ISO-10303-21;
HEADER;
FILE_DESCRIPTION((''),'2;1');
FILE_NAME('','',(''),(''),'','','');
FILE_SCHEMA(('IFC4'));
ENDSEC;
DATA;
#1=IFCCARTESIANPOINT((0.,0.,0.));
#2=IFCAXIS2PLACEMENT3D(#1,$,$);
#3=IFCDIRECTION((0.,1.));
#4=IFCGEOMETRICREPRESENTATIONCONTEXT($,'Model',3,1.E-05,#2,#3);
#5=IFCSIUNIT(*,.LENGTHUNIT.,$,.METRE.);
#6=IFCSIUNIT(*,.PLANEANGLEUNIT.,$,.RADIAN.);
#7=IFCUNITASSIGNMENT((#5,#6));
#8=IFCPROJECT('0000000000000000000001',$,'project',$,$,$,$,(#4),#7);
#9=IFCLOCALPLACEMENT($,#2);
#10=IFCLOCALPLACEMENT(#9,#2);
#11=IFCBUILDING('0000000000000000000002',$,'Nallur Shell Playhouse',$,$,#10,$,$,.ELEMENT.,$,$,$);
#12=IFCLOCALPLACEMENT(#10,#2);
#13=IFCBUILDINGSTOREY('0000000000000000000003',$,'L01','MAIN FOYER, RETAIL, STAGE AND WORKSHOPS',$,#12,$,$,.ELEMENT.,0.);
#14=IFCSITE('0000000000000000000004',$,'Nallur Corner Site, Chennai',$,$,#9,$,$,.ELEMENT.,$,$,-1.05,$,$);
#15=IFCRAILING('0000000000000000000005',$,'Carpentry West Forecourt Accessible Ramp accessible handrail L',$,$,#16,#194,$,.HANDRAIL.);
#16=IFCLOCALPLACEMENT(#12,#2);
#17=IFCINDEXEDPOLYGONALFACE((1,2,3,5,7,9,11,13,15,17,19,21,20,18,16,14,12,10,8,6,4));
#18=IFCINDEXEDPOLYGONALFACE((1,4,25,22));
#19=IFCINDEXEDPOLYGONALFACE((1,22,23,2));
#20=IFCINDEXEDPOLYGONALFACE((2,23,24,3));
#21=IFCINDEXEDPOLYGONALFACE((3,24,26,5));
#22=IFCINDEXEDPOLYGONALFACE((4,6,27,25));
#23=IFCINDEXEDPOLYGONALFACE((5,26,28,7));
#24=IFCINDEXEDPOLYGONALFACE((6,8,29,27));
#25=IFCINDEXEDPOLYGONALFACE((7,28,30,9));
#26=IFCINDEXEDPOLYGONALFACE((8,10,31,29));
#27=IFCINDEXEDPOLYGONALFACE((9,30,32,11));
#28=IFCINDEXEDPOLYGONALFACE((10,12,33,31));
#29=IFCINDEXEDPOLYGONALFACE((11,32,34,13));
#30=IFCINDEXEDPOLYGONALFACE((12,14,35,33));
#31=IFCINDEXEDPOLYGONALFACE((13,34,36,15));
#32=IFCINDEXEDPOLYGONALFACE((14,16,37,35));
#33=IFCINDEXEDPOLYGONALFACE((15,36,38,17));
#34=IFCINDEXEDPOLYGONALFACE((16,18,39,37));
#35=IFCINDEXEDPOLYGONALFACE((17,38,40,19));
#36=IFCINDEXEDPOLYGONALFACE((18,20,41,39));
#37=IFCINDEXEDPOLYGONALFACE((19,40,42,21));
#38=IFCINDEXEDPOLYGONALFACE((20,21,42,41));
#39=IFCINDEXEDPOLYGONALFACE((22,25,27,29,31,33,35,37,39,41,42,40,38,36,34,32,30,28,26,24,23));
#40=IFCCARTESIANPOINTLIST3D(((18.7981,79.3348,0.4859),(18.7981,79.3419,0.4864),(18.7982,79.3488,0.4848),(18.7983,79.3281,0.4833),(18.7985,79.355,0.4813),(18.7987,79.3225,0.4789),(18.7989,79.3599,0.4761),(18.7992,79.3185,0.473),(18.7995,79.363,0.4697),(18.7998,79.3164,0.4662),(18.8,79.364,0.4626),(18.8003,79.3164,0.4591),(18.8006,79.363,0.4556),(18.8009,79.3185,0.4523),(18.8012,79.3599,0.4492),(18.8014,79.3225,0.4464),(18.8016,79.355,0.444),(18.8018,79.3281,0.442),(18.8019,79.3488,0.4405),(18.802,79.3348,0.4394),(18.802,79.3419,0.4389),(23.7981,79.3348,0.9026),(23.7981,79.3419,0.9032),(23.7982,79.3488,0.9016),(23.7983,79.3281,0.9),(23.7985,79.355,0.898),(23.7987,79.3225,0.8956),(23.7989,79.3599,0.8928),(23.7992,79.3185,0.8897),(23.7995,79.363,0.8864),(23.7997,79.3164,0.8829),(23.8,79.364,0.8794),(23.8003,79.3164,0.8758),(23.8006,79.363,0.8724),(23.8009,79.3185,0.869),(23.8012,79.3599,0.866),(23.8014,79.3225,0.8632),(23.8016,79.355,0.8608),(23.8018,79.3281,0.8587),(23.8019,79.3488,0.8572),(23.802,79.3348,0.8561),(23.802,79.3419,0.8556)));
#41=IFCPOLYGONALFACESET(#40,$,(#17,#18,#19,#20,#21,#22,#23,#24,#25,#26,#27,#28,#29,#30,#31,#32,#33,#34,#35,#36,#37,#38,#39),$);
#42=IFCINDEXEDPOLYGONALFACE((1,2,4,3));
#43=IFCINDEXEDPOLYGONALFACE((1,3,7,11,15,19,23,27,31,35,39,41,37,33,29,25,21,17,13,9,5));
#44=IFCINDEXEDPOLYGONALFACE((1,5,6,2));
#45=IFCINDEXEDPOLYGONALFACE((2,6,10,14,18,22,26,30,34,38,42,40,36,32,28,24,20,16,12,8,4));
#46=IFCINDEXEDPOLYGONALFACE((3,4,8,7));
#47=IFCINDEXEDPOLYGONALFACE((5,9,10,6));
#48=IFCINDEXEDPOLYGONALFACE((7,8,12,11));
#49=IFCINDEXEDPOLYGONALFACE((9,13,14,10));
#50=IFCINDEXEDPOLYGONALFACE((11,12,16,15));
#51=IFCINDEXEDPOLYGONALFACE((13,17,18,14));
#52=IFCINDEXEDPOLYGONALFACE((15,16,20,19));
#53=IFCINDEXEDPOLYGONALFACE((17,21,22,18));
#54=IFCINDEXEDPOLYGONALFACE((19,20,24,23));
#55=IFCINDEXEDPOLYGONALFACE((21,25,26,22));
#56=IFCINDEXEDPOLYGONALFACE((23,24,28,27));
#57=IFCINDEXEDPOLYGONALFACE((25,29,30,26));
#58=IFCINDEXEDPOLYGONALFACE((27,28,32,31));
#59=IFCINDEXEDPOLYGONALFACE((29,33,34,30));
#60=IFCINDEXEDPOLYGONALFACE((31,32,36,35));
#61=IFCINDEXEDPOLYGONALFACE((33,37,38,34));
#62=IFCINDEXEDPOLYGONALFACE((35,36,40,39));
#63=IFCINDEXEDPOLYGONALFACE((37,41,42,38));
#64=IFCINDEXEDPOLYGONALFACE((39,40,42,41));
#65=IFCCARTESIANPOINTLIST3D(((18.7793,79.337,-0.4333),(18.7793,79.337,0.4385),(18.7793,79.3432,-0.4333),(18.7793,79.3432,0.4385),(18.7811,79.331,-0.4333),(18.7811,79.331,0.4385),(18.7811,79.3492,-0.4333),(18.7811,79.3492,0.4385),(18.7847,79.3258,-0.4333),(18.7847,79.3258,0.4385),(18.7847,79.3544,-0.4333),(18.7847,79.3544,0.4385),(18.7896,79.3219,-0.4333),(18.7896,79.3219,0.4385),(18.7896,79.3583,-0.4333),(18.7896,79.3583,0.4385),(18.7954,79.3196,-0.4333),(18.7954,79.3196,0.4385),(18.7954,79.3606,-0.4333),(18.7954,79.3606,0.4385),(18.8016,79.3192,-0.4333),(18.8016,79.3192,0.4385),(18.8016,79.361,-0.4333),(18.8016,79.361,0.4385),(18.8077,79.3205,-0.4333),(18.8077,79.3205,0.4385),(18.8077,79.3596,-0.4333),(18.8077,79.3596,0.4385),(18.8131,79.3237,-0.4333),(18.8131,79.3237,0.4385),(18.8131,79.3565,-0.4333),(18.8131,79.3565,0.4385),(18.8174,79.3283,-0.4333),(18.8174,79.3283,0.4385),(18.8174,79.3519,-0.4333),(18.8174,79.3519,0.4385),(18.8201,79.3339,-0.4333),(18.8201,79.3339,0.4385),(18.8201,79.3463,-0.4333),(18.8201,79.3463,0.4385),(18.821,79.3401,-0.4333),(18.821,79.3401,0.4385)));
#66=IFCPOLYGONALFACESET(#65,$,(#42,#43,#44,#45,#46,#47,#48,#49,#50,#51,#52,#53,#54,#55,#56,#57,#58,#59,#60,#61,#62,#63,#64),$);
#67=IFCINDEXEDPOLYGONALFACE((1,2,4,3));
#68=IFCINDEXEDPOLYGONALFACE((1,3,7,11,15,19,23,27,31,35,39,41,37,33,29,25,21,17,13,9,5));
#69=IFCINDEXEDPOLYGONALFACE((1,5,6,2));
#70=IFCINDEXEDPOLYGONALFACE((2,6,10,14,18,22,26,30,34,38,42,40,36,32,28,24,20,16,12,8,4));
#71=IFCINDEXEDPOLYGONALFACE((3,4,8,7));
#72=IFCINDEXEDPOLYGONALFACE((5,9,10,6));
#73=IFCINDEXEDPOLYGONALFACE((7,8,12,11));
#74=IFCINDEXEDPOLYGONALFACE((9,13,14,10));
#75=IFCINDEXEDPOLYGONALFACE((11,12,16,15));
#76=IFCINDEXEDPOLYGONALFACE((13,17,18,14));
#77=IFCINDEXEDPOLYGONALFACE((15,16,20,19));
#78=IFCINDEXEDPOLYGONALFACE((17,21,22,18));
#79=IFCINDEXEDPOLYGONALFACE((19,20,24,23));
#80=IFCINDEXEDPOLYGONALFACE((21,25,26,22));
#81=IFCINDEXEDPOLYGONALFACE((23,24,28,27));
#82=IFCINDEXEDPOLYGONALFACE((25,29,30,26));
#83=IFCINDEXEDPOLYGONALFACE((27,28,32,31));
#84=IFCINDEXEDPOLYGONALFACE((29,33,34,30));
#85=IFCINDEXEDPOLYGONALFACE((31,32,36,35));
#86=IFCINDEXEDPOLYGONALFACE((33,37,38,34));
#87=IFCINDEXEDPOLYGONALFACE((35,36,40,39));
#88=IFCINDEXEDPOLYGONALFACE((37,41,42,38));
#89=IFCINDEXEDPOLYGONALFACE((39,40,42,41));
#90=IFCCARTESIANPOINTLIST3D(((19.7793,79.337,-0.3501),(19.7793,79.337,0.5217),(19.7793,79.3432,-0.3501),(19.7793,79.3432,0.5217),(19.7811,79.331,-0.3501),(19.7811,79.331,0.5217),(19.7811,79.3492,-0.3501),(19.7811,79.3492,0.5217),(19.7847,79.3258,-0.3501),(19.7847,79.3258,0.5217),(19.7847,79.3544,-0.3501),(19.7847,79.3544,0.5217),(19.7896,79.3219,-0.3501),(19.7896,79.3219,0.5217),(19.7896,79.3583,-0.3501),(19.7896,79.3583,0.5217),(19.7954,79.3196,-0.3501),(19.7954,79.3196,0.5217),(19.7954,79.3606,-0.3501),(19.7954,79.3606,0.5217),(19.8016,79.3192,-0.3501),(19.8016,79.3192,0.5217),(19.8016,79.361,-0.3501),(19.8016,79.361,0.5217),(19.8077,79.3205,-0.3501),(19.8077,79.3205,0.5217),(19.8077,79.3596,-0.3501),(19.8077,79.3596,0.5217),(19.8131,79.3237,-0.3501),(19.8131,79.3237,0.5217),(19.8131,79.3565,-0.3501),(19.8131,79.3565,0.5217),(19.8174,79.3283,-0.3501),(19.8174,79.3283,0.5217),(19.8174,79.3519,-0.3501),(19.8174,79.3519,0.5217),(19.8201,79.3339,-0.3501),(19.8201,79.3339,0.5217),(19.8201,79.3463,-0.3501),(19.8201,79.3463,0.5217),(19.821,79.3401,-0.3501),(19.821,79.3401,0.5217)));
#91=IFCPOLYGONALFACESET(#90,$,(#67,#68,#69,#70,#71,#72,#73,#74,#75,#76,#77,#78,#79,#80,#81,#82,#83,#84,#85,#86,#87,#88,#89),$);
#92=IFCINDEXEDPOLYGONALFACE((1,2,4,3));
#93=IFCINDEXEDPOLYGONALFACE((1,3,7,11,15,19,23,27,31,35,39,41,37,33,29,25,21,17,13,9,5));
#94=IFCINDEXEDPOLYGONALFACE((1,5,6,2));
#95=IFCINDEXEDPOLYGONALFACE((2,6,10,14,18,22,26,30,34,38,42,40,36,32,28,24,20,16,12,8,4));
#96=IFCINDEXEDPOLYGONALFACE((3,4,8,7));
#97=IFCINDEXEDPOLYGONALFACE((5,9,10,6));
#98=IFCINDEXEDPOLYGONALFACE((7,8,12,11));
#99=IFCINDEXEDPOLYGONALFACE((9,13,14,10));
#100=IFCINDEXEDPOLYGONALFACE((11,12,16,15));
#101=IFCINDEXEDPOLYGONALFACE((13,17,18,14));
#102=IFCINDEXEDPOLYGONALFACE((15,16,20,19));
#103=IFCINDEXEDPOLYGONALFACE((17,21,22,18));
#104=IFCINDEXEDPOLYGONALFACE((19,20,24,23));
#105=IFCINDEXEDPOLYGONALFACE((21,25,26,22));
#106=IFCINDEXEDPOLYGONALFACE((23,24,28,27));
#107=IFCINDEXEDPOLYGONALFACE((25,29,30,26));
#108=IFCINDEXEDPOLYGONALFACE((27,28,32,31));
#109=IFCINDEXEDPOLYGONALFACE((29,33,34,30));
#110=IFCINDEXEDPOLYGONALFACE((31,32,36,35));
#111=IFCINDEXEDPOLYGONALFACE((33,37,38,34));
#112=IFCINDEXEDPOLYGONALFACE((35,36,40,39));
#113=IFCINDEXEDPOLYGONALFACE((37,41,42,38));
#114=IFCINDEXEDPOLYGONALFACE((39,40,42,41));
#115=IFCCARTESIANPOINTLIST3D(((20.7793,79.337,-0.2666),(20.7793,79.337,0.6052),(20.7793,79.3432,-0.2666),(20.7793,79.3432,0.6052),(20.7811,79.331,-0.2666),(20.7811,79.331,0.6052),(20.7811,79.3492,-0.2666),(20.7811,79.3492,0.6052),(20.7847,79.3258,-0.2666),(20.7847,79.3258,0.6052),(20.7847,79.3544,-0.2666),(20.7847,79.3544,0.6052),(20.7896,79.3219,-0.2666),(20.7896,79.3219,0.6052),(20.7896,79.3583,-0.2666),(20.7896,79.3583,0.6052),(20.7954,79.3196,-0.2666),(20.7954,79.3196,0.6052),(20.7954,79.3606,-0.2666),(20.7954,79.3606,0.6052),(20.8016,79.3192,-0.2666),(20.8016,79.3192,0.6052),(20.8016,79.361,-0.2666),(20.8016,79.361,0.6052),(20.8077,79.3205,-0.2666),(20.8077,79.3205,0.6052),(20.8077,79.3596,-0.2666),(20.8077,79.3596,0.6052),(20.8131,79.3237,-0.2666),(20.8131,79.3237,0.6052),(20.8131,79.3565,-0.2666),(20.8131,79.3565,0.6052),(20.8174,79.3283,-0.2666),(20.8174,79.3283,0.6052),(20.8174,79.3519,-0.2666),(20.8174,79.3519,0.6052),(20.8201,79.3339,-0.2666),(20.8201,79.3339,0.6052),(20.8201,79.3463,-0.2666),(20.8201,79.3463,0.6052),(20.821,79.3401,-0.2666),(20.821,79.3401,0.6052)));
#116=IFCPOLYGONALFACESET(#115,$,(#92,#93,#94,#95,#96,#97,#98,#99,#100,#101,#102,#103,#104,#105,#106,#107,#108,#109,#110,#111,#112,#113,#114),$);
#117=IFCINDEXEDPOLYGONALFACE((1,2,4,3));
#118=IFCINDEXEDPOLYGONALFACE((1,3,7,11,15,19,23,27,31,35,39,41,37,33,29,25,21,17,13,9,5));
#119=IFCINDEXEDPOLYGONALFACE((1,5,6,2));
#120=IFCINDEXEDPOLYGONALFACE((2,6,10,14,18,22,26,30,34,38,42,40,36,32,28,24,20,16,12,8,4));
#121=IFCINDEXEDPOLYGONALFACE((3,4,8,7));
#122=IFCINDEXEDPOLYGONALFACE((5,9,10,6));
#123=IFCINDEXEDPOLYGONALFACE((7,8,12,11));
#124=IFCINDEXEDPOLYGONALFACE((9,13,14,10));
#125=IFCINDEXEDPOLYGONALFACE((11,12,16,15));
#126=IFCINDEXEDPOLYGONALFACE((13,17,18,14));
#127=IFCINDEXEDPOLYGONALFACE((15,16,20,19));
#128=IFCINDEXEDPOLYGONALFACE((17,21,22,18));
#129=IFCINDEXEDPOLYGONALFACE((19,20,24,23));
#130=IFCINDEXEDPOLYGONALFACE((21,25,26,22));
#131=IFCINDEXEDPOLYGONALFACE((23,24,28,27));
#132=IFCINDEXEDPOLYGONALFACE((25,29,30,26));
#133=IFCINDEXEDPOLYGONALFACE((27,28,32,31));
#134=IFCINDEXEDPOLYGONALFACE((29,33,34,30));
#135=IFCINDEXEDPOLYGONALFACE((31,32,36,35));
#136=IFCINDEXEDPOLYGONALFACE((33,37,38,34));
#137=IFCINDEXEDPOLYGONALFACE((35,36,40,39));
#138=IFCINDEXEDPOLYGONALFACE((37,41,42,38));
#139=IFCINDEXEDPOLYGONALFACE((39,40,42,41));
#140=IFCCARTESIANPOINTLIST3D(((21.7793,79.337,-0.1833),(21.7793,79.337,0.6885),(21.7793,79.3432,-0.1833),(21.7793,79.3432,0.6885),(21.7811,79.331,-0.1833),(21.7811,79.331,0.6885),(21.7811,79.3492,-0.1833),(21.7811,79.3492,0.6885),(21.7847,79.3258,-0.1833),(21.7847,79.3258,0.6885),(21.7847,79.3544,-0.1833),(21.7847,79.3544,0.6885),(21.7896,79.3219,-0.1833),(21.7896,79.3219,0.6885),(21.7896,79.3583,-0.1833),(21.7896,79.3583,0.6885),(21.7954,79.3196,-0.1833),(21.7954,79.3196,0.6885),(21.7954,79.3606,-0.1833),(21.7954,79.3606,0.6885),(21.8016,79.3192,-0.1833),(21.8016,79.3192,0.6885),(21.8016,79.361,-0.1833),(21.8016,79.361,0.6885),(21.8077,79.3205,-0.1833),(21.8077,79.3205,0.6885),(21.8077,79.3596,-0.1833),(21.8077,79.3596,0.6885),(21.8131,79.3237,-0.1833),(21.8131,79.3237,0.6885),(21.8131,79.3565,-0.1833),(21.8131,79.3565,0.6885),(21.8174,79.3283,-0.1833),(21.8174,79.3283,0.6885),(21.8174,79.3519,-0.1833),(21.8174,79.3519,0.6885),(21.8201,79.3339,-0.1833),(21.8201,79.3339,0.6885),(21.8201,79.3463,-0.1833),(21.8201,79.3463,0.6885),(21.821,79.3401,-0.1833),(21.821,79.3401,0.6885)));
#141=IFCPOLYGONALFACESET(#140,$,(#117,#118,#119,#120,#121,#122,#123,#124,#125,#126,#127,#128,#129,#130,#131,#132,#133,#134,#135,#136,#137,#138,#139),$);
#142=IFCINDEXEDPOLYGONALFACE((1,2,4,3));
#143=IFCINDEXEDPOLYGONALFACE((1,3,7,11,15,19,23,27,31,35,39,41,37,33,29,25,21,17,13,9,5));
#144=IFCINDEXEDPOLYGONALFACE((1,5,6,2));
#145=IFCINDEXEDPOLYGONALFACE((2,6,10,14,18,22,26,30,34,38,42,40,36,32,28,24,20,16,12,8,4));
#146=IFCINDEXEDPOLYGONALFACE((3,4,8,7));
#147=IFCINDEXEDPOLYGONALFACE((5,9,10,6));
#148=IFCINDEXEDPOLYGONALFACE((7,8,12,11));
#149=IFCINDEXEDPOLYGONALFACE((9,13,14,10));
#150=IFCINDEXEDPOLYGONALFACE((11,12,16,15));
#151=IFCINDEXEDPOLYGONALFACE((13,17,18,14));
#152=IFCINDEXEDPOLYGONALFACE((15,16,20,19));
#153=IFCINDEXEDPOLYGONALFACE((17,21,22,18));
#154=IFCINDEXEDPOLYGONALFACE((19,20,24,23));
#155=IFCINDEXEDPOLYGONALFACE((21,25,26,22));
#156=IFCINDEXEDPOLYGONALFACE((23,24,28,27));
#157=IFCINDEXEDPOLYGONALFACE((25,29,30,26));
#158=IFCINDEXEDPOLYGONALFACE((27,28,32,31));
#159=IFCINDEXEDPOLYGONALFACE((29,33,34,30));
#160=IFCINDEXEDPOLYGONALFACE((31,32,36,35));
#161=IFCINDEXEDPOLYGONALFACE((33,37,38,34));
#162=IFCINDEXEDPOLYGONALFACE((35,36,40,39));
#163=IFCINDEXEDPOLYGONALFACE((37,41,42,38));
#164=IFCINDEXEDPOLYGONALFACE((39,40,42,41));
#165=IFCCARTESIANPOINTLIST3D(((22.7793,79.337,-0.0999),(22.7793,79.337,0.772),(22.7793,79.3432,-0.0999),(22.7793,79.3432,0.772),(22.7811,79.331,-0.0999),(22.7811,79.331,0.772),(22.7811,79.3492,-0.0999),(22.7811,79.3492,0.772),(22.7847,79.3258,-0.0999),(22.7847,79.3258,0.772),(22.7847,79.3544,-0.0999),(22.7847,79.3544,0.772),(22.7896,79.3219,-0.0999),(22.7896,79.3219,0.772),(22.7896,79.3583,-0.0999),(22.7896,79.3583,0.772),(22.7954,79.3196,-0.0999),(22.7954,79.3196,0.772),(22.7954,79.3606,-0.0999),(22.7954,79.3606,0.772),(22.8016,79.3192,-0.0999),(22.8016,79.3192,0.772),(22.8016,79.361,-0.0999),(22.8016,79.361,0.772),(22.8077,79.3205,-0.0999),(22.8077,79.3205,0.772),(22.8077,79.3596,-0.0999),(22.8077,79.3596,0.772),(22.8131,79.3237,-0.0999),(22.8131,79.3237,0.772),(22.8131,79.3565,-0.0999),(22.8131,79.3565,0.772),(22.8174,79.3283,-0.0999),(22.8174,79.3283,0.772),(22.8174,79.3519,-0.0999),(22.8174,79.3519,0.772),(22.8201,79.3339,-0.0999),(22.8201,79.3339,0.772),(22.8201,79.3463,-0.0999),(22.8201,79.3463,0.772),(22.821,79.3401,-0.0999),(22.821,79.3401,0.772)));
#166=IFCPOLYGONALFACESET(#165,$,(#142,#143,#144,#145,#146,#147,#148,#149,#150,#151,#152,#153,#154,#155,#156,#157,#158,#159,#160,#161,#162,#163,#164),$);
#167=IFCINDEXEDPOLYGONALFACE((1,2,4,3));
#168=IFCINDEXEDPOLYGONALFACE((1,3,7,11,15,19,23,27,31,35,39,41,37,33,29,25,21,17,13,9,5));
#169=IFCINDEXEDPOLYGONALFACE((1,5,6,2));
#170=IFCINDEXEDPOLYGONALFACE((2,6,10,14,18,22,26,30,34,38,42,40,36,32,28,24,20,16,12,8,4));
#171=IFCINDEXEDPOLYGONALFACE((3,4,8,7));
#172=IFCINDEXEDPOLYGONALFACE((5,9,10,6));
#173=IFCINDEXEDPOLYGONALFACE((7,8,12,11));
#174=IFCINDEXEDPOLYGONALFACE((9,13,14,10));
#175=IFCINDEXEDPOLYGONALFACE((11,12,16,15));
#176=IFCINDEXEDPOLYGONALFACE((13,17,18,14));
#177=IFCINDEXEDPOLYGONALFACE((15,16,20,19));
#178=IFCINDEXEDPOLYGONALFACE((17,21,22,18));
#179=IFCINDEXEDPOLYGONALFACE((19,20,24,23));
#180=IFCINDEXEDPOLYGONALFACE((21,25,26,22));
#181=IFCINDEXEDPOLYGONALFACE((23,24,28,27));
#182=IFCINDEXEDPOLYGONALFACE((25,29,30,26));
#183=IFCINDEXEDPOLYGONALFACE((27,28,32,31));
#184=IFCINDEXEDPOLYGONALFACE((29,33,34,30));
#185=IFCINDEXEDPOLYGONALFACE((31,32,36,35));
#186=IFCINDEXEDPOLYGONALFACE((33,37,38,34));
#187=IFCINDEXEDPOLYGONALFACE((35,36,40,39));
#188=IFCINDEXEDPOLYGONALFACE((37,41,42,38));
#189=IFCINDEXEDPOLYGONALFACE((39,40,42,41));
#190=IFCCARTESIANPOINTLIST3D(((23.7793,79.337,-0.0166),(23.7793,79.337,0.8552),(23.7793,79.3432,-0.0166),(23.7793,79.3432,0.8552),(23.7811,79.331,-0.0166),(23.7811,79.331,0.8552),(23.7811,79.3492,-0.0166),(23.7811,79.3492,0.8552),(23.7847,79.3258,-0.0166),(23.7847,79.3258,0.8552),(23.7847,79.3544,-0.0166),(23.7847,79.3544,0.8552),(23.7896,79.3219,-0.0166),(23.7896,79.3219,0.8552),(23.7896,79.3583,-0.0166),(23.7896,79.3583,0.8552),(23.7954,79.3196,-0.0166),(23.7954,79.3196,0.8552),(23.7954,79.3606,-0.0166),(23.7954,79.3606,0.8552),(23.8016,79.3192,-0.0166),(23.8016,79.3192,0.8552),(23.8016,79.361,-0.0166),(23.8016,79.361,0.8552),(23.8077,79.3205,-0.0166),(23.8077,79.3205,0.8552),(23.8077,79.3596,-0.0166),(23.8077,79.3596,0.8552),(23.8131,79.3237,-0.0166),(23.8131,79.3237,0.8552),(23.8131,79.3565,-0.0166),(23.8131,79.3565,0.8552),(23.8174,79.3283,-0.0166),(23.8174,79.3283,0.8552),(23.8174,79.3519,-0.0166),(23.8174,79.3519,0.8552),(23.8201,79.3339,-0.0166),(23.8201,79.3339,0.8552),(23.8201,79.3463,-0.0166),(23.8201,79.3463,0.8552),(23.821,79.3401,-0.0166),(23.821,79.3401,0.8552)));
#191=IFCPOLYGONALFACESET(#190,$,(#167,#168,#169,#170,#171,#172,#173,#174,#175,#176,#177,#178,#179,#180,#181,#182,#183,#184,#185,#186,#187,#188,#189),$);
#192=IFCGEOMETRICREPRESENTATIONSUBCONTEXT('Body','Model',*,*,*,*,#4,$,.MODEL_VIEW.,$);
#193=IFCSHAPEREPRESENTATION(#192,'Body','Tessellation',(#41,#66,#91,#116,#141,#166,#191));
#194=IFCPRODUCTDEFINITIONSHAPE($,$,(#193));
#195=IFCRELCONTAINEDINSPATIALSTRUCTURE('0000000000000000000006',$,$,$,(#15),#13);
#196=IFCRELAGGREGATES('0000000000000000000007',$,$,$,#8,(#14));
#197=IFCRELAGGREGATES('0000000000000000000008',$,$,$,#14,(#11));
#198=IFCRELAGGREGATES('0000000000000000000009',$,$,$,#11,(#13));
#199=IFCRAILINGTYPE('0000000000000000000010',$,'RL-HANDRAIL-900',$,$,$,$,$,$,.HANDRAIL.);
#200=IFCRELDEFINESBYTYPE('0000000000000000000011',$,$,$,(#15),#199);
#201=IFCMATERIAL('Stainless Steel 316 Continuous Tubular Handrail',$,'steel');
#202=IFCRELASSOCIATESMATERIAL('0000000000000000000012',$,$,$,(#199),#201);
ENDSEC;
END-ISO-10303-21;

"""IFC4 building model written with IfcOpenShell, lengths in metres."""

from ifc_helpers import new_model, si_unit, direction, frame, origin, origin_2d, place, context, subcontext, project, spatial, circle, extrude, material, type_object, element, save


model = new_model("IFC4")

# Units and contexts
model_context = context("Model", 3, precision=1e-05, world=origin(), true_north=direction((0.0, 1.0)))
body_context = subcontext(model_context, "Body", "Model", "MODEL_VIEW")
ifc_project = project(units=[si_unit("LENGTHUNIT", "METRE"), si_unit("PLANEANGLEUNIT", "RADIAN")], contexts=[model_context])

# Site, building, storey
site_placement = place(None, origin())
site = spatial("IfcSite", under=ifc_project, at=site_placement, Name="Nallur Corner Site, Chennai", CompositionType="ELEMENT", RefElevation=-1.05)
building_placement = place(site_placement, origin())
building = spatial("IfcBuilding", under=site, at=building_placement, Name="Nallur Shell Playhouse", CompositionType="ELEMENT")
storey_placement = place(building_placement, origin())
storey = spatial("IfcBuildingStorey", under=building, at=storey_placement, Name="L01", Description="MAIN FOYER, RETAIL, STAGE AND WORKSHOPS", CompositionType="ELEMENT", Elevation=0.0)

# Railing
ifc_material_1 = material(Name="Stainless Steel 316 Continuous Tubular Handrail", Category="steel")
railing_type_1 = type_object("IfcRailingType", Name="RL-HANDRAIL-900", PredefinedType="HANDRAIL", material=ifc_material_1)
for number, where, name in (
    (1, (18.8, 79.3401, -0.4333), "Carpentry West Forecourt Accessible Ramp accessible handrail L"),
):
    element("IfcRailing", number, at=place(storey_placement, frame(where)), inside=storey, type_object=railing_type_1, Name=name, PredefinedType="HANDRAIL", context=body_context, shape_type="SweptSolid", body=[
        extrude(circle(Radius=0.0239, at=origin_2d()), frame((0.0, 0.0, 0.896), z_axis=(0.996544, 0.0, 0.083062), x_axis=(0.0, 1.0, 0.0)), (0.0, 0.0, 1.0), 5.0173),
        extrude(circle(Radius=0.021, at=origin_2d()), origin(), (0.0, 0.0, 1.0), 0.8718),
        extrude(circle(Radius=0.021, at=origin_2d()), frame((1.0, 0.0, 0.0833)), (0.0, 0.0, 1.0), 0.8718),
        extrude(circle(Radius=0.021, at=origin_2d()), frame((2.0, 0.0, 0.1667)), (0.0, 0.0, 1.0), 0.8718),
        extrude(circle(Radius=0.021, at=origin_2d()), frame((3.0, 0.0, 0.25)), (0.0, 0.0, 1.0), 0.8718),
        extrude(circle(Radius=0.021, at=origin_2d()), frame((4.0, 0.0, 0.3335)), (0.0, 0.0, 1.0), 0.8718),
        extrude(circle(Radius=0.021, at=origin_2d()), frame((5.0, 0.0, 0.4167)), (0.0, 0.0, 1.0), 0.8718),
    ])

save(model, "model.ifc")
